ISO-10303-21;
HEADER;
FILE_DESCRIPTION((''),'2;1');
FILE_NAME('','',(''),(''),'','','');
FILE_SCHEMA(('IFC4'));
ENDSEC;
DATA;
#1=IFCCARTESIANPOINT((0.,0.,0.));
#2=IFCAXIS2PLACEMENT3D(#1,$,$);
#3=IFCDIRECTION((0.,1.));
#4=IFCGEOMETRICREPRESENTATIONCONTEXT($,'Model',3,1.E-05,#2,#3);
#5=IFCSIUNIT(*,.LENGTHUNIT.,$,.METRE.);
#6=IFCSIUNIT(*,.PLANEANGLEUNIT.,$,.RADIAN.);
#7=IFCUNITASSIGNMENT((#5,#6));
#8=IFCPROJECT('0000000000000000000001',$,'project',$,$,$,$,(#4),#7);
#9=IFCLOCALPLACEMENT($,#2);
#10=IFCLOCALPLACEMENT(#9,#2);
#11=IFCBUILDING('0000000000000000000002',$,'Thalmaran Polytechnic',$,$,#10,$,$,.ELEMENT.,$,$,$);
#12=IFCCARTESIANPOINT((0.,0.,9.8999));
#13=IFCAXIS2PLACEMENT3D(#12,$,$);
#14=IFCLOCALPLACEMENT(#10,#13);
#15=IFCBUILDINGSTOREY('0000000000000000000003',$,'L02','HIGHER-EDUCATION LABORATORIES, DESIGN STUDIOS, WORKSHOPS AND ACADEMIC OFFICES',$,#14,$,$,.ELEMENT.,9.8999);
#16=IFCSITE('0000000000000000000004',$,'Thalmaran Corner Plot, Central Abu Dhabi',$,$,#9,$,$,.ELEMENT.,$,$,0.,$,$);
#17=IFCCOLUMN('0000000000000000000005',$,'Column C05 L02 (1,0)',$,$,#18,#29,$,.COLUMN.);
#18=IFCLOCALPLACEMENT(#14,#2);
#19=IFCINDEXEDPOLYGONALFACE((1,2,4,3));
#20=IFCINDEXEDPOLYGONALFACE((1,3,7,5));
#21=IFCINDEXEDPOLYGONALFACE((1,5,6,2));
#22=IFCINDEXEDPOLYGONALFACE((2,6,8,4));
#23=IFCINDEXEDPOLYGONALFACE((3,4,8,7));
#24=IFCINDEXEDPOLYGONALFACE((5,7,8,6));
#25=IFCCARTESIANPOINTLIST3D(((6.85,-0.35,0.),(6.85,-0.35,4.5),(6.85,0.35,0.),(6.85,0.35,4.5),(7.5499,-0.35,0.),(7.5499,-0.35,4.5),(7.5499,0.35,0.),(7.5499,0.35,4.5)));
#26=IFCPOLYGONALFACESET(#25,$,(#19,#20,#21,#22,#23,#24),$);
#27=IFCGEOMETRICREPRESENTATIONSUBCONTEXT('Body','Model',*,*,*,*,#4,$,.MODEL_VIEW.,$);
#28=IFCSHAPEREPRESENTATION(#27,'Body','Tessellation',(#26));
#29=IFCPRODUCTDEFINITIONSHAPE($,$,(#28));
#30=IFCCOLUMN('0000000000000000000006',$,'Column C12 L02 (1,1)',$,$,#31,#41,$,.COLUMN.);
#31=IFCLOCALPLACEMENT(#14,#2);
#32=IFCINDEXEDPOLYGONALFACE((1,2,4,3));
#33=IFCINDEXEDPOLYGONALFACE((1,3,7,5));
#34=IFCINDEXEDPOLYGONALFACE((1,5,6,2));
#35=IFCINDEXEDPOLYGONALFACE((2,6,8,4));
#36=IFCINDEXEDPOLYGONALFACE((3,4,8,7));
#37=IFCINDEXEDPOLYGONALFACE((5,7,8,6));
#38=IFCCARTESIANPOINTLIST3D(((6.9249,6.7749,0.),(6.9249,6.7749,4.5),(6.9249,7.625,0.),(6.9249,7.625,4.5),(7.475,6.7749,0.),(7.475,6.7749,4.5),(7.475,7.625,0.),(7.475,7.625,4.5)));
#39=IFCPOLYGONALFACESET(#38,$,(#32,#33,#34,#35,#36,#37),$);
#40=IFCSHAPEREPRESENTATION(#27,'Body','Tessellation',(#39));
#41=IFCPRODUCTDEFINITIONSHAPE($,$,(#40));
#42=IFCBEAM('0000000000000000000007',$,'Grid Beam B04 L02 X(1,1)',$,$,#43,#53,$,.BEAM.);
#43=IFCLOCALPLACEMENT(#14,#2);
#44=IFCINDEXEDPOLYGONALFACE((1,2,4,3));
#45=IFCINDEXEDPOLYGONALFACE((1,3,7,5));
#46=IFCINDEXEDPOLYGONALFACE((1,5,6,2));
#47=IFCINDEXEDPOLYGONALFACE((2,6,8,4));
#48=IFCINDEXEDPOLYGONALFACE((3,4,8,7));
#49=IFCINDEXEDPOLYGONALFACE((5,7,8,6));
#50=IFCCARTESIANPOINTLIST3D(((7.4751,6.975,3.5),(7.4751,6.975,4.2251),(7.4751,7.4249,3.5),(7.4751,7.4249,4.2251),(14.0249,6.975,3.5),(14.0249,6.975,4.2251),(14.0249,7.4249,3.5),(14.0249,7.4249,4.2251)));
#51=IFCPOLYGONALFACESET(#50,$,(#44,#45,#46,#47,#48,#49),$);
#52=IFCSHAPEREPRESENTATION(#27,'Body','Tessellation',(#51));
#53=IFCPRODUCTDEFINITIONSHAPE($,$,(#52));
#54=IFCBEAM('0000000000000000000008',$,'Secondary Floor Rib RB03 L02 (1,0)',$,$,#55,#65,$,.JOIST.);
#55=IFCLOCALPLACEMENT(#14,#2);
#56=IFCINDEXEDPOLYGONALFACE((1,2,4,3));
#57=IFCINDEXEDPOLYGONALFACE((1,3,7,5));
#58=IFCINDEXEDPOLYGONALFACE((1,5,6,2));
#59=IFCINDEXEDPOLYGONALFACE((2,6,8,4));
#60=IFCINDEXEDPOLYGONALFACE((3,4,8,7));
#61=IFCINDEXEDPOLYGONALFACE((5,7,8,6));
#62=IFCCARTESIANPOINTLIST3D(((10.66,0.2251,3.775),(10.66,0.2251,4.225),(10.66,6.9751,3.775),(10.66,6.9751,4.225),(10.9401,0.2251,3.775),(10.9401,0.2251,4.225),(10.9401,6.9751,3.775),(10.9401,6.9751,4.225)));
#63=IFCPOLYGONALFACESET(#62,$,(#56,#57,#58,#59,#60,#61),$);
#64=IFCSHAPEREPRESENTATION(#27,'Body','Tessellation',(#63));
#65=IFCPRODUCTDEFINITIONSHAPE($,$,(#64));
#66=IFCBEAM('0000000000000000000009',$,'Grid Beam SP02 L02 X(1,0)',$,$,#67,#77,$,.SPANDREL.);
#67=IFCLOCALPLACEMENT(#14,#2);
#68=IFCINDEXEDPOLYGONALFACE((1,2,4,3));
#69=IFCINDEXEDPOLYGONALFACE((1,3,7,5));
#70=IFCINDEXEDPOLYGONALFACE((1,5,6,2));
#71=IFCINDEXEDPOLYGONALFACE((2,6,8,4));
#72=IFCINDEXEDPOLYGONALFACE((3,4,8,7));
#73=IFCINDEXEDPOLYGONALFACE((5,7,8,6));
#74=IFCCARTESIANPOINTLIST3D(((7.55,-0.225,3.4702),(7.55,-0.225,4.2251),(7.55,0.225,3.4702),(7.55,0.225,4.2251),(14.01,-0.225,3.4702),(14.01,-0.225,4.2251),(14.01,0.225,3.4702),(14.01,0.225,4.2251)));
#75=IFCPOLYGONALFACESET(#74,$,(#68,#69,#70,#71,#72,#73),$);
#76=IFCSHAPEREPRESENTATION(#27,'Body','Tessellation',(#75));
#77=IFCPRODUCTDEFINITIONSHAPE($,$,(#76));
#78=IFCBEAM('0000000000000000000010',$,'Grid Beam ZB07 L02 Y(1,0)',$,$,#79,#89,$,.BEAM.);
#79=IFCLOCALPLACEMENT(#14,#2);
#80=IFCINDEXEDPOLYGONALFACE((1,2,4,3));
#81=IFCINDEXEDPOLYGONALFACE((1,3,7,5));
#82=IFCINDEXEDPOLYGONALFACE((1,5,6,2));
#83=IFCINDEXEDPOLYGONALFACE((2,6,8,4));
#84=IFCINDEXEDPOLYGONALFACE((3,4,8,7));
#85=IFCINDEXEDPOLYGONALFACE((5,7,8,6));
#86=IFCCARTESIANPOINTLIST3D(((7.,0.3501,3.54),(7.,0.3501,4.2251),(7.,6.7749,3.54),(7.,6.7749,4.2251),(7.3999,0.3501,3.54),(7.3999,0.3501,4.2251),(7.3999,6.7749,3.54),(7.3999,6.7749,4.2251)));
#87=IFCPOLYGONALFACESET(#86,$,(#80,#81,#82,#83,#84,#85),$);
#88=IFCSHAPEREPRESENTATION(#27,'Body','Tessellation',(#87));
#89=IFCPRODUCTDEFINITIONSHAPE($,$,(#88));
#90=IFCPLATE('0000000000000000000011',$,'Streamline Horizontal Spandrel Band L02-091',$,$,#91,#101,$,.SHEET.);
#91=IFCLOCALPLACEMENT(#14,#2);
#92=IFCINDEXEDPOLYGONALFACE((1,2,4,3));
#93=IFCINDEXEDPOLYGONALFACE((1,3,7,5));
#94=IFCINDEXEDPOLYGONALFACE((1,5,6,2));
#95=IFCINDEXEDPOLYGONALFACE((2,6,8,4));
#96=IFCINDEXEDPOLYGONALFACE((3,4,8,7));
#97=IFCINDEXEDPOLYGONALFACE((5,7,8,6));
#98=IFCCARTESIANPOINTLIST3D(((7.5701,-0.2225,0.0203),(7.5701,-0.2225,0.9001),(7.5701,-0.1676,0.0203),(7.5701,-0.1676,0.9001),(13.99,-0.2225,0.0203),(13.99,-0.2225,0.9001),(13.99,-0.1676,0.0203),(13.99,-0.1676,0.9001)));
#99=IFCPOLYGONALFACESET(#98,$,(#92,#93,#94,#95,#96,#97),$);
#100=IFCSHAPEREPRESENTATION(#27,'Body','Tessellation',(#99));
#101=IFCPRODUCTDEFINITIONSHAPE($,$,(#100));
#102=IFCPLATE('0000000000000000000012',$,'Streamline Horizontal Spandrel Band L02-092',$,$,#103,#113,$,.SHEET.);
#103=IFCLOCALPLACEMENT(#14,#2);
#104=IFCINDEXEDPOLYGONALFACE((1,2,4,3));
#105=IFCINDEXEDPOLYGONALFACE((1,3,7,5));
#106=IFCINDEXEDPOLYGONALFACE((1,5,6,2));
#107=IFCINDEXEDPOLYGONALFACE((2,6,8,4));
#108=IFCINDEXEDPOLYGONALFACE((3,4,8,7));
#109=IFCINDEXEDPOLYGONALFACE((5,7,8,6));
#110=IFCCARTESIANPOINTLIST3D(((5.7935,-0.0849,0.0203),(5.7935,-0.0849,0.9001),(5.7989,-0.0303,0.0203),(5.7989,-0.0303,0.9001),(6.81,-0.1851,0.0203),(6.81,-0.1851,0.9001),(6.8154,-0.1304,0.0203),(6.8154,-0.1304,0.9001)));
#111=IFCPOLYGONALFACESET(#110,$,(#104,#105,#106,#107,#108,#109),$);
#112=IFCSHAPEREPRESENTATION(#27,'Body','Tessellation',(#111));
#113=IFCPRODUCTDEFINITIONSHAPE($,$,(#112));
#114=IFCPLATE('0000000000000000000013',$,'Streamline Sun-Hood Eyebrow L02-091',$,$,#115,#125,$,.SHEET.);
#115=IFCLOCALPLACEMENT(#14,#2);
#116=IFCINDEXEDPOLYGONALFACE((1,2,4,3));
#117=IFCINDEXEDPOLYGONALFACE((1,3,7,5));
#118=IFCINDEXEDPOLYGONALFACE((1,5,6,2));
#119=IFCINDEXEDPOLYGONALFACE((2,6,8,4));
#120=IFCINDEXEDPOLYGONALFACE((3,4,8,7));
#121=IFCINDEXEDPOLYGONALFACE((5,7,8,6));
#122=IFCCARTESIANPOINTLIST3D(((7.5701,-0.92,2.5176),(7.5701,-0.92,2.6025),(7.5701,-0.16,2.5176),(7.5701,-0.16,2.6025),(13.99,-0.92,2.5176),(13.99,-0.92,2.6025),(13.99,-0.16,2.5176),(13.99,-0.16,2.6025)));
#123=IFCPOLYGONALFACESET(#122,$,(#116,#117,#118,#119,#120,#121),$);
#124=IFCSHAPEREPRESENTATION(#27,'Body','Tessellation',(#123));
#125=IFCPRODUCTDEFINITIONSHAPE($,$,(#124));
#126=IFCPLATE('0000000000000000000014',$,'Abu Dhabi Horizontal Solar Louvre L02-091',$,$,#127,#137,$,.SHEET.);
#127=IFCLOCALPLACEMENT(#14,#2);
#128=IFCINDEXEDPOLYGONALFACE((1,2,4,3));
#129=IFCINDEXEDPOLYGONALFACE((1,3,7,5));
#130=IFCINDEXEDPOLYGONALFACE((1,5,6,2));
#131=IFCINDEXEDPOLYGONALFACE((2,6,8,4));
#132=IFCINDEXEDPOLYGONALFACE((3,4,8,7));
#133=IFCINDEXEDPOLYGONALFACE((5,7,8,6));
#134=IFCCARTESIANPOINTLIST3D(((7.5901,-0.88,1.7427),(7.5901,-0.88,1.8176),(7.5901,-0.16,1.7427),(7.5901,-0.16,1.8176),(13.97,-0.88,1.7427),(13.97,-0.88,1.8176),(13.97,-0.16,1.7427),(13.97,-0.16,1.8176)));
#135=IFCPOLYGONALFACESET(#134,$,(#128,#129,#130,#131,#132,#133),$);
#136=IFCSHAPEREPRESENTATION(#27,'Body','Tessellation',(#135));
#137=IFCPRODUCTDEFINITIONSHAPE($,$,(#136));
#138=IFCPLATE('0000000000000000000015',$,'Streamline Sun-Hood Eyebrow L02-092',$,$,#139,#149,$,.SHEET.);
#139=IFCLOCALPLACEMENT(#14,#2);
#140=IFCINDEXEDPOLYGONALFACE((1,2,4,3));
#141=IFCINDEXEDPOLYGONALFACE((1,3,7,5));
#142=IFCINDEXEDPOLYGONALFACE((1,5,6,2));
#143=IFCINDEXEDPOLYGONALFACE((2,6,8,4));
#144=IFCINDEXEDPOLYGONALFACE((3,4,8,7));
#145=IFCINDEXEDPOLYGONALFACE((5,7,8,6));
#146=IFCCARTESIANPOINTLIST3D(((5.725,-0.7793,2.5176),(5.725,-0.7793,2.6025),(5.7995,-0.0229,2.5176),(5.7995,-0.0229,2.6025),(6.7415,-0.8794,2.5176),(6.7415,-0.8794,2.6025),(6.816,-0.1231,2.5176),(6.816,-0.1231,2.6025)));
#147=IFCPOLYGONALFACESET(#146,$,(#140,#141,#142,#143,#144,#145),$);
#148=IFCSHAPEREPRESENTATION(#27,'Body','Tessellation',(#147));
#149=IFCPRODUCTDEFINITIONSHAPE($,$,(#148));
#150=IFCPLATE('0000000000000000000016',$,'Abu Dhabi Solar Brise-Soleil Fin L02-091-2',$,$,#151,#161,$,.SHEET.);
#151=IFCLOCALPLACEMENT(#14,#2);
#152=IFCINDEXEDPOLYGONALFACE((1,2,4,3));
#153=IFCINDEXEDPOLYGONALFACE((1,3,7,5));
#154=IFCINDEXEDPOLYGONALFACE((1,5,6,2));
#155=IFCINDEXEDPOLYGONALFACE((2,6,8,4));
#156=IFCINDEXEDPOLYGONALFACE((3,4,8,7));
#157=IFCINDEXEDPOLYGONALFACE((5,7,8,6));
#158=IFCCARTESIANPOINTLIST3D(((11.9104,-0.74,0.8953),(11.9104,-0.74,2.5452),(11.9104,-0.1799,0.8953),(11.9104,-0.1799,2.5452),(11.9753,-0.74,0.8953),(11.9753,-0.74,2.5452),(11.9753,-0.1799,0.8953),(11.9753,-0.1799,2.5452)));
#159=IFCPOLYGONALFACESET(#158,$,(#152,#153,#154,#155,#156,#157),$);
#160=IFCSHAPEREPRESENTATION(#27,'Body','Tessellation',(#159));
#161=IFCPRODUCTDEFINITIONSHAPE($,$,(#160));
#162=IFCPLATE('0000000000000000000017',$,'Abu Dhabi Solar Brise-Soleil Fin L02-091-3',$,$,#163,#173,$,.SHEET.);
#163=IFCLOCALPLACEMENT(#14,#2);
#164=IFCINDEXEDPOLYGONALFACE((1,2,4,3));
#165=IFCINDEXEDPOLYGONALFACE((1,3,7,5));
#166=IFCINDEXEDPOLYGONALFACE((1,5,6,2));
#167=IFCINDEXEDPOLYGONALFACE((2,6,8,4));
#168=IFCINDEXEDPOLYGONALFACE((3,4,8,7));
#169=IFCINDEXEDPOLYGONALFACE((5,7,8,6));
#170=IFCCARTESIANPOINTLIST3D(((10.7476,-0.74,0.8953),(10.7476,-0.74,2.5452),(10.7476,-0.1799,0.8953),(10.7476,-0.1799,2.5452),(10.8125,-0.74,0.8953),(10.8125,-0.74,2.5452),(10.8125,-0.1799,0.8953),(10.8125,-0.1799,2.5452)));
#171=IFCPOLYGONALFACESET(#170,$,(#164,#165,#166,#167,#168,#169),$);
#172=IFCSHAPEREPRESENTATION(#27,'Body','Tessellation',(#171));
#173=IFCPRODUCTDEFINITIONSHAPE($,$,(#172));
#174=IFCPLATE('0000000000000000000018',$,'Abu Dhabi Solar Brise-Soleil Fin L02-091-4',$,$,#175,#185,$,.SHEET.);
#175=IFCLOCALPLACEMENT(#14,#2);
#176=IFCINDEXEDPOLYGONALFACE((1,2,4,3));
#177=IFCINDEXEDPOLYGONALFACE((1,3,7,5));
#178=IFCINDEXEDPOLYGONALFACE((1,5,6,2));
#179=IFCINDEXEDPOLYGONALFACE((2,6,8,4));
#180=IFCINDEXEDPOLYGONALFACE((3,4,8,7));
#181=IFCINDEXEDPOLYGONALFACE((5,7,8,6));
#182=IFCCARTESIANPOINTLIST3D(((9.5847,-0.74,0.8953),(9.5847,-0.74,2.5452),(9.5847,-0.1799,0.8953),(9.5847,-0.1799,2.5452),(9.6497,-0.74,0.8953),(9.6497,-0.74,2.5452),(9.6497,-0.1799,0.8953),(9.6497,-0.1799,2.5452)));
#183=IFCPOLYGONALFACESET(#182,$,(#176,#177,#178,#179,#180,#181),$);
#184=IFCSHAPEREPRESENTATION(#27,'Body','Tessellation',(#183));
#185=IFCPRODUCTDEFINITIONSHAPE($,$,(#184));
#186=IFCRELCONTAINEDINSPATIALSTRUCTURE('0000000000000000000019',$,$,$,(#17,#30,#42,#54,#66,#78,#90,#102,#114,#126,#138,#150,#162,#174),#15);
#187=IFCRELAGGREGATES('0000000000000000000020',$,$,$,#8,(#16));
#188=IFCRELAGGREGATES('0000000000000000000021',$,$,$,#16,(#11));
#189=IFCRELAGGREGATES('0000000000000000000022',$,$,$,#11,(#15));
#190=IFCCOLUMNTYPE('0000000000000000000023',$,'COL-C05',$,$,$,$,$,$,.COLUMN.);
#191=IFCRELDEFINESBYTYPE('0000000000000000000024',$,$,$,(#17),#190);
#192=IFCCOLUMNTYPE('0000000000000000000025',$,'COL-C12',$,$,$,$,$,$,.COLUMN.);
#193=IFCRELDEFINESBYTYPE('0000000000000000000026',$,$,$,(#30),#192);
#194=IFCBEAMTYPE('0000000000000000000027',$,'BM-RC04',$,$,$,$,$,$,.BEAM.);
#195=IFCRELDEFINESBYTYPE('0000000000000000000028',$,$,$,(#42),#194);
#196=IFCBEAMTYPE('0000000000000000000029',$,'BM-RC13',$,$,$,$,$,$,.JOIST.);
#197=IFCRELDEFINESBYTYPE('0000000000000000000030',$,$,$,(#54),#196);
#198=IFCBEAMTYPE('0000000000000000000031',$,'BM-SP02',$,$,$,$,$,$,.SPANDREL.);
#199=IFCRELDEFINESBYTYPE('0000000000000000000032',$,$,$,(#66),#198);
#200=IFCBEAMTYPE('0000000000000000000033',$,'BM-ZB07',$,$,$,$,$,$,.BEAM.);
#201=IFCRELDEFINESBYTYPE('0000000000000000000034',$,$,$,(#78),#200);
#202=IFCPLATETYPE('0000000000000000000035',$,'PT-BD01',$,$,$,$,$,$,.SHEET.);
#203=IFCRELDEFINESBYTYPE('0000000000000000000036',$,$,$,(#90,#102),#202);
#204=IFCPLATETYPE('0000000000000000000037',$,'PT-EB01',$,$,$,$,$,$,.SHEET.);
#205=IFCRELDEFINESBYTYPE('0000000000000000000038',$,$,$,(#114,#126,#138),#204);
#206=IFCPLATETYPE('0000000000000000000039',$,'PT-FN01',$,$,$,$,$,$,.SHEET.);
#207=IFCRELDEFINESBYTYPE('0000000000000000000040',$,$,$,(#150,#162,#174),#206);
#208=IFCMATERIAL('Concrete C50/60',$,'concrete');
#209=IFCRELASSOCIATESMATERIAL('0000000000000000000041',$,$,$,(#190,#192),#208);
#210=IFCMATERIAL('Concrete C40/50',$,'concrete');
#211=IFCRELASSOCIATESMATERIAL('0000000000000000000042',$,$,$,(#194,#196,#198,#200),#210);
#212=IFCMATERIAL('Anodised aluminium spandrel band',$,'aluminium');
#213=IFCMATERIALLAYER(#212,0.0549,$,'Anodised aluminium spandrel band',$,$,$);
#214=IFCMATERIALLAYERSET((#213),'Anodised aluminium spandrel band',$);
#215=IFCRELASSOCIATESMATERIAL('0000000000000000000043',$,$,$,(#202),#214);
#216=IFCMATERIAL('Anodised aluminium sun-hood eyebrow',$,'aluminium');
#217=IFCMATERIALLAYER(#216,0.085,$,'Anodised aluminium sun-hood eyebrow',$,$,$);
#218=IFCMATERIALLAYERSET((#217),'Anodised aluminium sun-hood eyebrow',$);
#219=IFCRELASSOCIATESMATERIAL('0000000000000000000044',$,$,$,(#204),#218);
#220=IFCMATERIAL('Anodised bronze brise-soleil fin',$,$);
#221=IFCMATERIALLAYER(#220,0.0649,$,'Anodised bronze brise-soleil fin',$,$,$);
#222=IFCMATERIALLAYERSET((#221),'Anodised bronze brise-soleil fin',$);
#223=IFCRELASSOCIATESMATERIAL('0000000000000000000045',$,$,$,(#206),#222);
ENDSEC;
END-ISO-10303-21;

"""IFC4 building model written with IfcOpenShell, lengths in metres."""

from ifc_helpers import new_model, si_unit, direction, frame, origin, origin_2d, place, context, subcontext, project, spatial, rectangle, extrude, material, layer, layer_set, material_profile, profile_set, type_object, element, save


model = new_model("IFC4")

# Units and contexts
model_context = context("Model", 3, precision=1e-05, world=origin(), true_north=direction((0.0, 1.0)))
body_context = subcontext(model_context, "Body", "Model", "MODEL_VIEW")
ifc_project = project(units=[si_unit("LENGTHUNIT", "METRE"), si_unit("PLANEANGLEUNIT", "RADIAN")], contexts=[model_context])

# Site, building, storey
site_placement = place(None, origin())
site = spatial("IfcSite", under=ifc_project, at=site_placement, Name="Thalmaran Corner Plot, Central Abu Dhabi", CompositionType="ELEMENT", RefElevation=0.0)
building_placement = place(site_placement, origin())
building = spatial("IfcBuilding", under=site, at=building_placement, Name="Thalmaran Polytechnic", CompositionType="ELEMENT")
storey_placement = place(building_placement, frame((0.0, 0.0, 9.8999)))
storey = spatial("IfcBuildingStorey", under=building, at=storey_placement, Name="L02", Description="HIGHER-EDUCATION LABORATORIES, DESIGN STUDIOS, WORKSHOPS AND ACADEMIC OFFICES", CompositionType="ELEMENT", Elevation=9.8999)

# Columns
ifc_material_1 = material(Name="Concrete C50/60", Category="concrete")
ifc_material_profile_1 = material_profile(ifc_material_1, rectangle(XDim=0.7, YDim=0.7, at=origin_2d()), Name="RC 700x700")
ifc_profile_set_1 = profile_set([ifc_material_profile_1], Name="Concrete C50/60")
column_type_1 = type_object("IfcColumnType", Name="COL-C05", PredefinedType="COLUMN", material=ifc_profile_set_1)
column_1_placement = place(storey_placement, frame((7.2, 0.0, 0.0), z_axis=(0.0, 0.0, 1.0), x_axis=(1.0, 0.0, 0.0)))
element("IfcColumn", 1, at=column_1_placement, inside=storey, type_object=column_type_1, Name="Column C05 L02 (1,0)", PredefinedType="COLUMN", context=body_context, shape_type="SweptSolid", body=[
    extrude(rectangle(XDim=0.7, YDim=0.7, at=origin_2d()), origin(), (0.0, 0.0, 1.0), 4.5),
])
ifc_material_profile_2 = material_profile(ifc_material_1, rectangle(XDim=0.55, YDim=0.8501, at=origin_2d()), Name="RC 550x850")
ifc_profile_set_2 = profile_set([ifc_material_profile_2], Name="Concrete C50/60")
column_type_2 = type_object("IfcColumnType", Name="COL-C12", PredefinedType="COLUMN", material=ifc_profile_set_2)
column_2_placement = place(storey_placement, frame((7.2, 7.2, 0.0), z_axis=(0.0, 0.0, 1.0), x_axis=(1.0, 0.0, 0.0)))
element("IfcColumn", 2, at=column_2_placement, inside=storey, type_object=column_type_2, Name="Column C12 L02 (1,1)", PredefinedType="COLUMN", context=body_context, shape_type="SweptSolid", body=[
    extrude(rectangle(XDim=0.55, YDim=0.8501, at=origin_2d()), origin(), (0.0, 0.0, 1.0), 4.5),
])

# Beams
ifc_material_2 = material(Name="Concrete C40/50", Category="concrete")
ifc_material_profile_3 = material_profile(ifc_material_2, rectangle(XDim=0.45, YDim=0.7251, at=origin_2d()), Name="RC 450x725")
ifc_profile_set_3 = profile_set([ifc_material_profile_3], Name="Concrete C40/50")
beam_type_1 = type_object("IfcBeamType", Name="BM-RC04", PredefinedType="BEAM", material=ifc_profile_set_3)
beam_1_placement = place(storey_placement, frame((7.4751, 7.2, 3.8625), z_axis=(1.0, 0.0, 0.0), x_axis=(0.0, 1.0, 0.0)))
element("IfcBeam", 3, at=beam_1_placement, inside=storey, type_object=beam_type_1, Name="Grid Beam B04 L02 X(1,1)", PredefinedType="BEAM", context=body_context, shape_type="SweptSolid", body=[
    extrude(rectangle(XDim=0.45, YDim=0.7251, at=origin_2d()), origin(), (0.0, 0.0, 1.0), 6.5498),
])
ifc_material_profile_4 = material_profile(ifc_material_2, rectangle(XDim=0.28, YDim=0.45, at=origin_2d()), Name="RC 280x450")
ifc_profile_set_4 = profile_set([ifc_material_profile_4], Name="Concrete C40/50")
beam_type_2 = type_object("IfcBeamType", Name="BM-RC13", PredefinedType="JOIST", material=ifc_profile_set_4)
beam_2_placement = place(storey_placement, frame((10.8, 0.2251, 4.0), z_axis=(0.0, 1.0, 0.0), x_axis=(-1.0, 0.0, 0.0)))
element("IfcBeam", 4, at=beam_2_placement, inside=storey, type_object=beam_type_2, Name="Secondary Floor Rib RB03 L02 (1,0)", PredefinedType="JOIST", context=body_context, shape_type="SweptSolid", body=[
    extrude(rectangle(XDim=0.28, YDim=0.45, at=origin_2d()), origin(), (0.0, 0.0, 1.0), 6.75),
])
ifc_material_profile_5 = material_profile(ifc_material_2, rectangle(XDim=0.45, YDim=0.7549, at=origin_2d()), Name="RC 450x755")
ifc_profile_set_5 = profile_set([ifc_material_profile_5], Name="Concrete C40/50")
beam_type_3 = type_object("IfcBeamType", Name="BM-SP02", PredefinedType="SPANDREL", material=ifc_profile_set_5)
beam_3_placement = place(storey_placement, frame((7.55, 0.0, 3.8477), z_axis=(1.0, 0.0, 0.0), x_axis=(0.0, 1.0, 0.0)))
element("IfcBeam", 5, at=beam_3_placement, inside=storey, type_object=beam_type_3, Name="Grid Beam SP02 L02 X(1,0)", PredefinedType="SPANDREL", context=body_context, shape_type="SweptSolid", body=[
    extrude(rectangle(XDim=0.45, YDim=0.7549, at=origin_2d()), origin(), (0.0, 0.0, 1.0), 6.46),
])
ifc_material_profile_6 = material_profile(ifc_material_2, rectangle(XDim=0.3999, YDim=0.6851, at=origin_2d()), Name="RC 400x685")
ifc_profile_set_6 = profile_set([ifc_material_profile_6], Name="Concrete C40/50")
beam_type_4 = type_object("IfcBeamType", Name="BM-ZB07", PredefinedType="BEAM", material=ifc_profile_set_6)
beam_4_placement = place(storey_placement, frame((7.2, 0.3501, 3.8826), z_axis=(0.0, 1.0, 0.0), x_axis=(-1.0, 0.0, 0.0)))
element("IfcBeam", 6, at=beam_4_placement, inside=storey, type_object=beam_type_4, Name="Grid Beam ZB07 L02 Y(1,0)", PredefinedType="BEAM", context=body_context, shape_type="SweptSolid", body=[
    extrude(rectangle(XDim=0.3999, YDim=0.6851, at=origin_2d()), origin(), (0.0, 0.0, 1.0), 6.4248),
])

# Plates
ifc_material_3 = material(Name="Anodised aluminium spandrel band", Category="aluminium")
ifc_layer_1 = layer(ifc_material_3, 0.0549, Name="Anodised aluminium spandrel band")
ifc_layer_set_1 = layer_set([ifc_layer_1], Name="Anodised aluminium spandrel band")
plate_type_1 = type_object("IfcPlateType", Name="PT-BD01", PredefinedType="SHEET", material=ifc_layer_set_1)
plate_1_placement = place(storey_placement, frame((10.78, -0.1951, 0.0203), z_axis=(0.0, 0.0, 1.0), x_axis=(-1.0, 0.0, 0.0)))
element("IfcPlate", 7, at=plate_1_placement, inside=storey, type_object=plate_type_1, Name="Streamline Horizontal Spandrel Band L02-091", PredefinedType="SHEET", context=body_context, shape_type="SweptSolid", body=[
    extrude(rectangle(XDim=6.4199, YDim=0.0549, at=origin_2d()), origin(), (0.0, 0.0, 1.0), 0.8799),
])
plate_2_placement = place(storey_placement, frame((6.3044, -0.1077, 0.0203), z_axis=(0.0, 0.0, 1.0), x_axis=(-0.995185, 0.098017, 0.0)))
element("IfcPlate", 8, at=plate_2_placement, inside=storey, type_object=plate_type_1, Name="Streamline Horizontal Spandrel Band L02-092", PredefinedType="SHEET", context=body_context, shape_type="SweptSolid", body=[
    extrude(rectangle(XDim=1.0215, YDim=0.0549, at=origin_2d()), origin(), (0.0, 0.0, 1.0), 0.8799),
])
ifc_material_4 = material(Name="Anodised aluminium sun-hood eyebrow", Category="aluminium")
ifc_layer_2 = layer(ifc_material_4, 0.085, Name="Anodised aluminium sun-hood eyebrow")
ifc_layer_set_2 = layer_set([ifc_layer_2], Name="Anodised aluminium sun-hood eyebrow")
plate_type_2 = type_object("IfcPlateType", Name="PT-EB01", PredefinedType="SHEET", material=ifc_layer_set_2)
plate_3_placement = place(storey_placement, frame((10.78, -0.54, 2.5176), z_axis=(0.0, 0.0, 1.0), x_axis=(-1.0, 0.0, 0.0)))
element("IfcPlate", 9, at=plate_3_placement, inside=storey, type_object=plate_type_2, Name="Streamline Sun-Hood Eyebrow L02-091", PredefinedType="SHEET", context=body_context, shape_type="SweptSolid", body=[
    extrude(rectangle(XDim=6.4199, YDim=0.76, at=origin_2d()), origin(), (0.0, 0.0, 1.0), 0.085),
])
plate_4_placement = place(storey_placement, frame((10.78, -0.52, 1.7427), z_axis=(0.0, 0.0, 1.0), x_axis=(-1.0, 0.0, 0.0)))
element("IfcPlate", 10, at=plate_4_placement, inside=storey, type_object=plate_type_2, Name="Abu Dhabi Horizontal Solar Louvre L02-091", PredefinedType="SHEET", context=body_context, shape_type="SweptSolid", body=[
    extrude(rectangle(XDim=6.3799, YDim=0.72, at=origin_2d()), origin(), (0.0, 0.0, 1.0), 0.075),
])
plate_5_placement = place(storey_placement, frame((6.2705, -0.4512, 2.5176), z_axis=(0.0, 0.0, 1.0), x_axis=(-0.995185, 0.098017, 0.0)))
element("IfcPlate", 11, at=plate_5_placement, inside=storey, type_object=plate_type_2, Name="Streamline Sun-Hood Eyebrow L02-092", PredefinedType="SHEET", context=body_context, shape_type="SweptSolid", body=[
    extrude(rectangle(XDim=1.0215, YDim=0.76, at=origin_2d()), origin(), (0.0, 0.0, 1.0), 0.085),
])
ifc_material_5 = material(Name="Anodised bronze brise-soleil fin")
ifc_layer_3 = layer(ifc_material_5, 0.0649, Name="Anodised bronze brise-soleil fin")
ifc_layer_set_3 = layer_set([ifc_layer_3], Name="Anodised bronze brise-soleil fin")
plate_type_3 = type_object("IfcPlateType", Name="PT-FN01", PredefinedType="SHEET", material=ifc_layer_set_3)
for number, where, z_axis, x_axis, name in (
    (12, (11.9429, -0.46, 0.8953), (0.0, 0.0, 1.0), (-1.0, 0.0, 0.0), "Abu Dhabi Solar Brise-Soleil Fin L02-091-2"),
    (13, (10.78, -0.46, 0.8953), (0.0, 0.0, 1.0), (-1.0, 0.0, 0.0), "Abu Dhabi Solar Brise-Soleil Fin L02-091-3"),
    (14, (9.6172, -0.46, 0.8953), (0.0, 0.0, 1.0), (-1.0, 0.0, 0.0), "Abu Dhabi Solar Brise-Soleil Fin L02-091-4"),
):
    element("IfcPlate", number, at=place(storey_placement, frame(where, z_axis=z_axis, x_axis=x_axis)), inside=storey, type_object=plate_type_3, Name=name, PredefinedType="SHEET", context=body_context, shape_type="SweptSolid", body=[
        extrude(rectangle(XDim=0.0649, YDim=0.5601, at=origin_2d()), origin(), (0.0, 0.0, 1.0), 1.6499),
    ])

save(model, "model.ifc")
